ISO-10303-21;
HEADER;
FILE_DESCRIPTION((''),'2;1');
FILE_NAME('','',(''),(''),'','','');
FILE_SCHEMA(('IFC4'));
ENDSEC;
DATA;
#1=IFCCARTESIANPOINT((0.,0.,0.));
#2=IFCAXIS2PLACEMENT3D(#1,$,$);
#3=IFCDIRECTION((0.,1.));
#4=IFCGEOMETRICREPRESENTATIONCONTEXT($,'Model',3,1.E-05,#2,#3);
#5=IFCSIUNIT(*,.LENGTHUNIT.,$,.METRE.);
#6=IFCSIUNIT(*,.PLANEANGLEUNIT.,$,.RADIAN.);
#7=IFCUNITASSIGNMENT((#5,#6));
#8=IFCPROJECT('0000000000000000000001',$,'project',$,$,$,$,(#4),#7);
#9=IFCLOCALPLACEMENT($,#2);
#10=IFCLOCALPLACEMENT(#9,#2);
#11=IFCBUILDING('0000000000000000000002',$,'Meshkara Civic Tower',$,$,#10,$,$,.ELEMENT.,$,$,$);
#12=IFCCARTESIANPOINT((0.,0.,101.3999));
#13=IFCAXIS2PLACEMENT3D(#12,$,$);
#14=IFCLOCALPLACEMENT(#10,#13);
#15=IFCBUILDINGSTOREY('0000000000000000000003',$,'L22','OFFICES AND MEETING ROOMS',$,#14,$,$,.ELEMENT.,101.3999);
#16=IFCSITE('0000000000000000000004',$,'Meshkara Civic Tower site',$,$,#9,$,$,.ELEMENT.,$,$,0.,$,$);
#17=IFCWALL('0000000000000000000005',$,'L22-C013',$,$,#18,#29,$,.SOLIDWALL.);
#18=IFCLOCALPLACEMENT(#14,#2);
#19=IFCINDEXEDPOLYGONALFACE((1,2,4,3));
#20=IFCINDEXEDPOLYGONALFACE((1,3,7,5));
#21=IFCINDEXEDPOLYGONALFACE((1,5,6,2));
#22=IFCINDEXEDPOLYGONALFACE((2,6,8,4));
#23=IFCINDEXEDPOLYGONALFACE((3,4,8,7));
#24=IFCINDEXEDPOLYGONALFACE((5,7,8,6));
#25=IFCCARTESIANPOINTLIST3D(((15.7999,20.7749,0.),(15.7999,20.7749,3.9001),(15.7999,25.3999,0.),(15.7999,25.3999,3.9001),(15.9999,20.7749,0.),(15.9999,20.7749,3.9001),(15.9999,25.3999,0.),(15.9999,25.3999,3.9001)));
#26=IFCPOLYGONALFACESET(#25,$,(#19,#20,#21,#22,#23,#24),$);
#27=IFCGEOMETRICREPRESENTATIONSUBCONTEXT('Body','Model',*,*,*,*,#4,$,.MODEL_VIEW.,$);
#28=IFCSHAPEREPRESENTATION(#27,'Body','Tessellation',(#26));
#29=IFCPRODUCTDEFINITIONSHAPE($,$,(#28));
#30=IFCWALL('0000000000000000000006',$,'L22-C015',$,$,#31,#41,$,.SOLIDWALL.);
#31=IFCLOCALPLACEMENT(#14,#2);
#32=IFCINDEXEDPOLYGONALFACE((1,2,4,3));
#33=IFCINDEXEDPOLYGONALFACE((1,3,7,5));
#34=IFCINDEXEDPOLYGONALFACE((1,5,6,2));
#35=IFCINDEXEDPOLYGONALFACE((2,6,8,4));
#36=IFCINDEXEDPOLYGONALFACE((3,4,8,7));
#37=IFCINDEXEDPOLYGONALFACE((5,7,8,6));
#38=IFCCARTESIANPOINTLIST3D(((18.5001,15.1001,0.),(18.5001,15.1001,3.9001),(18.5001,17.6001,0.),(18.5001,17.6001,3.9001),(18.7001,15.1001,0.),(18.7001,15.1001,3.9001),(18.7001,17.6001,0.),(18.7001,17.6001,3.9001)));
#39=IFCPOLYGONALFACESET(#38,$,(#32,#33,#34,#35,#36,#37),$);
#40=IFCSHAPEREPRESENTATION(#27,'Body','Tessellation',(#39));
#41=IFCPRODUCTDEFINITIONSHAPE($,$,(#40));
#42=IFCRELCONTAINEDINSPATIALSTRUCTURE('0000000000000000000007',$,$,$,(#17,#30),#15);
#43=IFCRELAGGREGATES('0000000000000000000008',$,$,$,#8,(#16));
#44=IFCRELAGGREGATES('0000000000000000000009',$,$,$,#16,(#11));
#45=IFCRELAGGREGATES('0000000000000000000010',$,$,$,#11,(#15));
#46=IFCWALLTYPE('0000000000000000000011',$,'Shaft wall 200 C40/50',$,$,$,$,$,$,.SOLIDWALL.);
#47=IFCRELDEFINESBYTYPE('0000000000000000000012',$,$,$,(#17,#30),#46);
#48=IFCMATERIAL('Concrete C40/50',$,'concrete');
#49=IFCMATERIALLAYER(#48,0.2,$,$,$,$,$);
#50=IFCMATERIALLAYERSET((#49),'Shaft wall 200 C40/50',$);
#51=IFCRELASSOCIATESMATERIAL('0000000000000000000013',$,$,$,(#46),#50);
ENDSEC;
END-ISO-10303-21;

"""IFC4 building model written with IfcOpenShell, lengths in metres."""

from ifc_helpers import new_model, si_unit, direction, frame, frame_2d, origin, place, context, subcontext, project, spatial, rectangle, extrude, material, layer, layer_set, type_object, element, save


model = new_model("IFC4")

# Units and contexts
model_context = context("Model", 3, precision=1e-05, world=origin(), true_north=direction((0.0, 1.0)))
body_context = subcontext(model_context, "Body", "Model", "MODEL_VIEW")
ifc_project = project(units=[si_unit("LENGTHUNIT", "METRE"), si_unit("PLANEANGLEUNIT", "RADIAN")], contexts=[model_context])

# Site, building, storey
site_placement = place(None, origin())
site = spatial("IfcSite", under=ifc_project, at=site_placement, Name="Meshkara Civic Tower site", CompositionType="ELEMENT", RefElevation=0.0)
building_placement = place(site_placement, origin())
building = spatial("IfcBuilding", under=site, at=building_placement, Name="Meshkara Civic Tower", CompositionType="ELEMENT")
storey_placement = place(building_placement, frame((0.0, 0.0, 101.3999)))
storey = spatial("IfcBuildingStorey", under=building, at=storey_placement, Name="L22", Description="OFFICES AND MEETING ROOMS", CompositionType="ELEMENT", Elevation=101.3999)

# Shared definitions
ifc_material_1 = material(Name="Concrete C40/50", Category="concrete")
ifc_layer_1 = layer(ifc_material_1, 0.2)
ifc_layer_set_1 = layer_set([ifc_layer_1], Name="Shaft wall 200 C40/50")
wall_type_1 = type_object("IfcWallType", Name="Shaft wall 200 C40/50", PredefinedType="SOLIDWALL", material=ifc_layer_set_1)

# Walls
wall_1_placement = place(storey_placement, frame((15.8999, 20.7749, 0.0), z_axis=(0.0, 0.0, 1.0), x_axis=(0.0, 1.0, 0.0)))
element("IfcWall", 1, at=wall_1_placement, inside=storey, type_object=wall_type_1, Name="L22-C013", PredefinedType="SOLIDWALL", context=body_context, shape_type="SweptSolid", body=[
    extrude(rectangle(XDim=4.625, YDim=0.2, at=frame_2d((2.3125, 0.0))), origin(), (0.0, 0.0, 1.0), 3.9001),
])
wall_2_placement = place(storey_placement, frame((18.6001, 15.1001, 0.0), z_axis=(0.0, 0.0, 1.0), x_axis=(0.0, 1.0, 0.0)))
element("IfcWall", 2, at=wall_2_placement, inside=storey, type_object=wall_type_1, Name="L22-C015", PredefinedType="SOLIDWALL", context=body_context, shape_type="SweptSolid", body=[
    extrude(rectangle(XDim=2.5, YDim=0.2, at=frame_2d((1.25, 0.0))), origin(), (0.0, 0.0, 1.0), 3.9001),
])

save(model, "model.ifc")
